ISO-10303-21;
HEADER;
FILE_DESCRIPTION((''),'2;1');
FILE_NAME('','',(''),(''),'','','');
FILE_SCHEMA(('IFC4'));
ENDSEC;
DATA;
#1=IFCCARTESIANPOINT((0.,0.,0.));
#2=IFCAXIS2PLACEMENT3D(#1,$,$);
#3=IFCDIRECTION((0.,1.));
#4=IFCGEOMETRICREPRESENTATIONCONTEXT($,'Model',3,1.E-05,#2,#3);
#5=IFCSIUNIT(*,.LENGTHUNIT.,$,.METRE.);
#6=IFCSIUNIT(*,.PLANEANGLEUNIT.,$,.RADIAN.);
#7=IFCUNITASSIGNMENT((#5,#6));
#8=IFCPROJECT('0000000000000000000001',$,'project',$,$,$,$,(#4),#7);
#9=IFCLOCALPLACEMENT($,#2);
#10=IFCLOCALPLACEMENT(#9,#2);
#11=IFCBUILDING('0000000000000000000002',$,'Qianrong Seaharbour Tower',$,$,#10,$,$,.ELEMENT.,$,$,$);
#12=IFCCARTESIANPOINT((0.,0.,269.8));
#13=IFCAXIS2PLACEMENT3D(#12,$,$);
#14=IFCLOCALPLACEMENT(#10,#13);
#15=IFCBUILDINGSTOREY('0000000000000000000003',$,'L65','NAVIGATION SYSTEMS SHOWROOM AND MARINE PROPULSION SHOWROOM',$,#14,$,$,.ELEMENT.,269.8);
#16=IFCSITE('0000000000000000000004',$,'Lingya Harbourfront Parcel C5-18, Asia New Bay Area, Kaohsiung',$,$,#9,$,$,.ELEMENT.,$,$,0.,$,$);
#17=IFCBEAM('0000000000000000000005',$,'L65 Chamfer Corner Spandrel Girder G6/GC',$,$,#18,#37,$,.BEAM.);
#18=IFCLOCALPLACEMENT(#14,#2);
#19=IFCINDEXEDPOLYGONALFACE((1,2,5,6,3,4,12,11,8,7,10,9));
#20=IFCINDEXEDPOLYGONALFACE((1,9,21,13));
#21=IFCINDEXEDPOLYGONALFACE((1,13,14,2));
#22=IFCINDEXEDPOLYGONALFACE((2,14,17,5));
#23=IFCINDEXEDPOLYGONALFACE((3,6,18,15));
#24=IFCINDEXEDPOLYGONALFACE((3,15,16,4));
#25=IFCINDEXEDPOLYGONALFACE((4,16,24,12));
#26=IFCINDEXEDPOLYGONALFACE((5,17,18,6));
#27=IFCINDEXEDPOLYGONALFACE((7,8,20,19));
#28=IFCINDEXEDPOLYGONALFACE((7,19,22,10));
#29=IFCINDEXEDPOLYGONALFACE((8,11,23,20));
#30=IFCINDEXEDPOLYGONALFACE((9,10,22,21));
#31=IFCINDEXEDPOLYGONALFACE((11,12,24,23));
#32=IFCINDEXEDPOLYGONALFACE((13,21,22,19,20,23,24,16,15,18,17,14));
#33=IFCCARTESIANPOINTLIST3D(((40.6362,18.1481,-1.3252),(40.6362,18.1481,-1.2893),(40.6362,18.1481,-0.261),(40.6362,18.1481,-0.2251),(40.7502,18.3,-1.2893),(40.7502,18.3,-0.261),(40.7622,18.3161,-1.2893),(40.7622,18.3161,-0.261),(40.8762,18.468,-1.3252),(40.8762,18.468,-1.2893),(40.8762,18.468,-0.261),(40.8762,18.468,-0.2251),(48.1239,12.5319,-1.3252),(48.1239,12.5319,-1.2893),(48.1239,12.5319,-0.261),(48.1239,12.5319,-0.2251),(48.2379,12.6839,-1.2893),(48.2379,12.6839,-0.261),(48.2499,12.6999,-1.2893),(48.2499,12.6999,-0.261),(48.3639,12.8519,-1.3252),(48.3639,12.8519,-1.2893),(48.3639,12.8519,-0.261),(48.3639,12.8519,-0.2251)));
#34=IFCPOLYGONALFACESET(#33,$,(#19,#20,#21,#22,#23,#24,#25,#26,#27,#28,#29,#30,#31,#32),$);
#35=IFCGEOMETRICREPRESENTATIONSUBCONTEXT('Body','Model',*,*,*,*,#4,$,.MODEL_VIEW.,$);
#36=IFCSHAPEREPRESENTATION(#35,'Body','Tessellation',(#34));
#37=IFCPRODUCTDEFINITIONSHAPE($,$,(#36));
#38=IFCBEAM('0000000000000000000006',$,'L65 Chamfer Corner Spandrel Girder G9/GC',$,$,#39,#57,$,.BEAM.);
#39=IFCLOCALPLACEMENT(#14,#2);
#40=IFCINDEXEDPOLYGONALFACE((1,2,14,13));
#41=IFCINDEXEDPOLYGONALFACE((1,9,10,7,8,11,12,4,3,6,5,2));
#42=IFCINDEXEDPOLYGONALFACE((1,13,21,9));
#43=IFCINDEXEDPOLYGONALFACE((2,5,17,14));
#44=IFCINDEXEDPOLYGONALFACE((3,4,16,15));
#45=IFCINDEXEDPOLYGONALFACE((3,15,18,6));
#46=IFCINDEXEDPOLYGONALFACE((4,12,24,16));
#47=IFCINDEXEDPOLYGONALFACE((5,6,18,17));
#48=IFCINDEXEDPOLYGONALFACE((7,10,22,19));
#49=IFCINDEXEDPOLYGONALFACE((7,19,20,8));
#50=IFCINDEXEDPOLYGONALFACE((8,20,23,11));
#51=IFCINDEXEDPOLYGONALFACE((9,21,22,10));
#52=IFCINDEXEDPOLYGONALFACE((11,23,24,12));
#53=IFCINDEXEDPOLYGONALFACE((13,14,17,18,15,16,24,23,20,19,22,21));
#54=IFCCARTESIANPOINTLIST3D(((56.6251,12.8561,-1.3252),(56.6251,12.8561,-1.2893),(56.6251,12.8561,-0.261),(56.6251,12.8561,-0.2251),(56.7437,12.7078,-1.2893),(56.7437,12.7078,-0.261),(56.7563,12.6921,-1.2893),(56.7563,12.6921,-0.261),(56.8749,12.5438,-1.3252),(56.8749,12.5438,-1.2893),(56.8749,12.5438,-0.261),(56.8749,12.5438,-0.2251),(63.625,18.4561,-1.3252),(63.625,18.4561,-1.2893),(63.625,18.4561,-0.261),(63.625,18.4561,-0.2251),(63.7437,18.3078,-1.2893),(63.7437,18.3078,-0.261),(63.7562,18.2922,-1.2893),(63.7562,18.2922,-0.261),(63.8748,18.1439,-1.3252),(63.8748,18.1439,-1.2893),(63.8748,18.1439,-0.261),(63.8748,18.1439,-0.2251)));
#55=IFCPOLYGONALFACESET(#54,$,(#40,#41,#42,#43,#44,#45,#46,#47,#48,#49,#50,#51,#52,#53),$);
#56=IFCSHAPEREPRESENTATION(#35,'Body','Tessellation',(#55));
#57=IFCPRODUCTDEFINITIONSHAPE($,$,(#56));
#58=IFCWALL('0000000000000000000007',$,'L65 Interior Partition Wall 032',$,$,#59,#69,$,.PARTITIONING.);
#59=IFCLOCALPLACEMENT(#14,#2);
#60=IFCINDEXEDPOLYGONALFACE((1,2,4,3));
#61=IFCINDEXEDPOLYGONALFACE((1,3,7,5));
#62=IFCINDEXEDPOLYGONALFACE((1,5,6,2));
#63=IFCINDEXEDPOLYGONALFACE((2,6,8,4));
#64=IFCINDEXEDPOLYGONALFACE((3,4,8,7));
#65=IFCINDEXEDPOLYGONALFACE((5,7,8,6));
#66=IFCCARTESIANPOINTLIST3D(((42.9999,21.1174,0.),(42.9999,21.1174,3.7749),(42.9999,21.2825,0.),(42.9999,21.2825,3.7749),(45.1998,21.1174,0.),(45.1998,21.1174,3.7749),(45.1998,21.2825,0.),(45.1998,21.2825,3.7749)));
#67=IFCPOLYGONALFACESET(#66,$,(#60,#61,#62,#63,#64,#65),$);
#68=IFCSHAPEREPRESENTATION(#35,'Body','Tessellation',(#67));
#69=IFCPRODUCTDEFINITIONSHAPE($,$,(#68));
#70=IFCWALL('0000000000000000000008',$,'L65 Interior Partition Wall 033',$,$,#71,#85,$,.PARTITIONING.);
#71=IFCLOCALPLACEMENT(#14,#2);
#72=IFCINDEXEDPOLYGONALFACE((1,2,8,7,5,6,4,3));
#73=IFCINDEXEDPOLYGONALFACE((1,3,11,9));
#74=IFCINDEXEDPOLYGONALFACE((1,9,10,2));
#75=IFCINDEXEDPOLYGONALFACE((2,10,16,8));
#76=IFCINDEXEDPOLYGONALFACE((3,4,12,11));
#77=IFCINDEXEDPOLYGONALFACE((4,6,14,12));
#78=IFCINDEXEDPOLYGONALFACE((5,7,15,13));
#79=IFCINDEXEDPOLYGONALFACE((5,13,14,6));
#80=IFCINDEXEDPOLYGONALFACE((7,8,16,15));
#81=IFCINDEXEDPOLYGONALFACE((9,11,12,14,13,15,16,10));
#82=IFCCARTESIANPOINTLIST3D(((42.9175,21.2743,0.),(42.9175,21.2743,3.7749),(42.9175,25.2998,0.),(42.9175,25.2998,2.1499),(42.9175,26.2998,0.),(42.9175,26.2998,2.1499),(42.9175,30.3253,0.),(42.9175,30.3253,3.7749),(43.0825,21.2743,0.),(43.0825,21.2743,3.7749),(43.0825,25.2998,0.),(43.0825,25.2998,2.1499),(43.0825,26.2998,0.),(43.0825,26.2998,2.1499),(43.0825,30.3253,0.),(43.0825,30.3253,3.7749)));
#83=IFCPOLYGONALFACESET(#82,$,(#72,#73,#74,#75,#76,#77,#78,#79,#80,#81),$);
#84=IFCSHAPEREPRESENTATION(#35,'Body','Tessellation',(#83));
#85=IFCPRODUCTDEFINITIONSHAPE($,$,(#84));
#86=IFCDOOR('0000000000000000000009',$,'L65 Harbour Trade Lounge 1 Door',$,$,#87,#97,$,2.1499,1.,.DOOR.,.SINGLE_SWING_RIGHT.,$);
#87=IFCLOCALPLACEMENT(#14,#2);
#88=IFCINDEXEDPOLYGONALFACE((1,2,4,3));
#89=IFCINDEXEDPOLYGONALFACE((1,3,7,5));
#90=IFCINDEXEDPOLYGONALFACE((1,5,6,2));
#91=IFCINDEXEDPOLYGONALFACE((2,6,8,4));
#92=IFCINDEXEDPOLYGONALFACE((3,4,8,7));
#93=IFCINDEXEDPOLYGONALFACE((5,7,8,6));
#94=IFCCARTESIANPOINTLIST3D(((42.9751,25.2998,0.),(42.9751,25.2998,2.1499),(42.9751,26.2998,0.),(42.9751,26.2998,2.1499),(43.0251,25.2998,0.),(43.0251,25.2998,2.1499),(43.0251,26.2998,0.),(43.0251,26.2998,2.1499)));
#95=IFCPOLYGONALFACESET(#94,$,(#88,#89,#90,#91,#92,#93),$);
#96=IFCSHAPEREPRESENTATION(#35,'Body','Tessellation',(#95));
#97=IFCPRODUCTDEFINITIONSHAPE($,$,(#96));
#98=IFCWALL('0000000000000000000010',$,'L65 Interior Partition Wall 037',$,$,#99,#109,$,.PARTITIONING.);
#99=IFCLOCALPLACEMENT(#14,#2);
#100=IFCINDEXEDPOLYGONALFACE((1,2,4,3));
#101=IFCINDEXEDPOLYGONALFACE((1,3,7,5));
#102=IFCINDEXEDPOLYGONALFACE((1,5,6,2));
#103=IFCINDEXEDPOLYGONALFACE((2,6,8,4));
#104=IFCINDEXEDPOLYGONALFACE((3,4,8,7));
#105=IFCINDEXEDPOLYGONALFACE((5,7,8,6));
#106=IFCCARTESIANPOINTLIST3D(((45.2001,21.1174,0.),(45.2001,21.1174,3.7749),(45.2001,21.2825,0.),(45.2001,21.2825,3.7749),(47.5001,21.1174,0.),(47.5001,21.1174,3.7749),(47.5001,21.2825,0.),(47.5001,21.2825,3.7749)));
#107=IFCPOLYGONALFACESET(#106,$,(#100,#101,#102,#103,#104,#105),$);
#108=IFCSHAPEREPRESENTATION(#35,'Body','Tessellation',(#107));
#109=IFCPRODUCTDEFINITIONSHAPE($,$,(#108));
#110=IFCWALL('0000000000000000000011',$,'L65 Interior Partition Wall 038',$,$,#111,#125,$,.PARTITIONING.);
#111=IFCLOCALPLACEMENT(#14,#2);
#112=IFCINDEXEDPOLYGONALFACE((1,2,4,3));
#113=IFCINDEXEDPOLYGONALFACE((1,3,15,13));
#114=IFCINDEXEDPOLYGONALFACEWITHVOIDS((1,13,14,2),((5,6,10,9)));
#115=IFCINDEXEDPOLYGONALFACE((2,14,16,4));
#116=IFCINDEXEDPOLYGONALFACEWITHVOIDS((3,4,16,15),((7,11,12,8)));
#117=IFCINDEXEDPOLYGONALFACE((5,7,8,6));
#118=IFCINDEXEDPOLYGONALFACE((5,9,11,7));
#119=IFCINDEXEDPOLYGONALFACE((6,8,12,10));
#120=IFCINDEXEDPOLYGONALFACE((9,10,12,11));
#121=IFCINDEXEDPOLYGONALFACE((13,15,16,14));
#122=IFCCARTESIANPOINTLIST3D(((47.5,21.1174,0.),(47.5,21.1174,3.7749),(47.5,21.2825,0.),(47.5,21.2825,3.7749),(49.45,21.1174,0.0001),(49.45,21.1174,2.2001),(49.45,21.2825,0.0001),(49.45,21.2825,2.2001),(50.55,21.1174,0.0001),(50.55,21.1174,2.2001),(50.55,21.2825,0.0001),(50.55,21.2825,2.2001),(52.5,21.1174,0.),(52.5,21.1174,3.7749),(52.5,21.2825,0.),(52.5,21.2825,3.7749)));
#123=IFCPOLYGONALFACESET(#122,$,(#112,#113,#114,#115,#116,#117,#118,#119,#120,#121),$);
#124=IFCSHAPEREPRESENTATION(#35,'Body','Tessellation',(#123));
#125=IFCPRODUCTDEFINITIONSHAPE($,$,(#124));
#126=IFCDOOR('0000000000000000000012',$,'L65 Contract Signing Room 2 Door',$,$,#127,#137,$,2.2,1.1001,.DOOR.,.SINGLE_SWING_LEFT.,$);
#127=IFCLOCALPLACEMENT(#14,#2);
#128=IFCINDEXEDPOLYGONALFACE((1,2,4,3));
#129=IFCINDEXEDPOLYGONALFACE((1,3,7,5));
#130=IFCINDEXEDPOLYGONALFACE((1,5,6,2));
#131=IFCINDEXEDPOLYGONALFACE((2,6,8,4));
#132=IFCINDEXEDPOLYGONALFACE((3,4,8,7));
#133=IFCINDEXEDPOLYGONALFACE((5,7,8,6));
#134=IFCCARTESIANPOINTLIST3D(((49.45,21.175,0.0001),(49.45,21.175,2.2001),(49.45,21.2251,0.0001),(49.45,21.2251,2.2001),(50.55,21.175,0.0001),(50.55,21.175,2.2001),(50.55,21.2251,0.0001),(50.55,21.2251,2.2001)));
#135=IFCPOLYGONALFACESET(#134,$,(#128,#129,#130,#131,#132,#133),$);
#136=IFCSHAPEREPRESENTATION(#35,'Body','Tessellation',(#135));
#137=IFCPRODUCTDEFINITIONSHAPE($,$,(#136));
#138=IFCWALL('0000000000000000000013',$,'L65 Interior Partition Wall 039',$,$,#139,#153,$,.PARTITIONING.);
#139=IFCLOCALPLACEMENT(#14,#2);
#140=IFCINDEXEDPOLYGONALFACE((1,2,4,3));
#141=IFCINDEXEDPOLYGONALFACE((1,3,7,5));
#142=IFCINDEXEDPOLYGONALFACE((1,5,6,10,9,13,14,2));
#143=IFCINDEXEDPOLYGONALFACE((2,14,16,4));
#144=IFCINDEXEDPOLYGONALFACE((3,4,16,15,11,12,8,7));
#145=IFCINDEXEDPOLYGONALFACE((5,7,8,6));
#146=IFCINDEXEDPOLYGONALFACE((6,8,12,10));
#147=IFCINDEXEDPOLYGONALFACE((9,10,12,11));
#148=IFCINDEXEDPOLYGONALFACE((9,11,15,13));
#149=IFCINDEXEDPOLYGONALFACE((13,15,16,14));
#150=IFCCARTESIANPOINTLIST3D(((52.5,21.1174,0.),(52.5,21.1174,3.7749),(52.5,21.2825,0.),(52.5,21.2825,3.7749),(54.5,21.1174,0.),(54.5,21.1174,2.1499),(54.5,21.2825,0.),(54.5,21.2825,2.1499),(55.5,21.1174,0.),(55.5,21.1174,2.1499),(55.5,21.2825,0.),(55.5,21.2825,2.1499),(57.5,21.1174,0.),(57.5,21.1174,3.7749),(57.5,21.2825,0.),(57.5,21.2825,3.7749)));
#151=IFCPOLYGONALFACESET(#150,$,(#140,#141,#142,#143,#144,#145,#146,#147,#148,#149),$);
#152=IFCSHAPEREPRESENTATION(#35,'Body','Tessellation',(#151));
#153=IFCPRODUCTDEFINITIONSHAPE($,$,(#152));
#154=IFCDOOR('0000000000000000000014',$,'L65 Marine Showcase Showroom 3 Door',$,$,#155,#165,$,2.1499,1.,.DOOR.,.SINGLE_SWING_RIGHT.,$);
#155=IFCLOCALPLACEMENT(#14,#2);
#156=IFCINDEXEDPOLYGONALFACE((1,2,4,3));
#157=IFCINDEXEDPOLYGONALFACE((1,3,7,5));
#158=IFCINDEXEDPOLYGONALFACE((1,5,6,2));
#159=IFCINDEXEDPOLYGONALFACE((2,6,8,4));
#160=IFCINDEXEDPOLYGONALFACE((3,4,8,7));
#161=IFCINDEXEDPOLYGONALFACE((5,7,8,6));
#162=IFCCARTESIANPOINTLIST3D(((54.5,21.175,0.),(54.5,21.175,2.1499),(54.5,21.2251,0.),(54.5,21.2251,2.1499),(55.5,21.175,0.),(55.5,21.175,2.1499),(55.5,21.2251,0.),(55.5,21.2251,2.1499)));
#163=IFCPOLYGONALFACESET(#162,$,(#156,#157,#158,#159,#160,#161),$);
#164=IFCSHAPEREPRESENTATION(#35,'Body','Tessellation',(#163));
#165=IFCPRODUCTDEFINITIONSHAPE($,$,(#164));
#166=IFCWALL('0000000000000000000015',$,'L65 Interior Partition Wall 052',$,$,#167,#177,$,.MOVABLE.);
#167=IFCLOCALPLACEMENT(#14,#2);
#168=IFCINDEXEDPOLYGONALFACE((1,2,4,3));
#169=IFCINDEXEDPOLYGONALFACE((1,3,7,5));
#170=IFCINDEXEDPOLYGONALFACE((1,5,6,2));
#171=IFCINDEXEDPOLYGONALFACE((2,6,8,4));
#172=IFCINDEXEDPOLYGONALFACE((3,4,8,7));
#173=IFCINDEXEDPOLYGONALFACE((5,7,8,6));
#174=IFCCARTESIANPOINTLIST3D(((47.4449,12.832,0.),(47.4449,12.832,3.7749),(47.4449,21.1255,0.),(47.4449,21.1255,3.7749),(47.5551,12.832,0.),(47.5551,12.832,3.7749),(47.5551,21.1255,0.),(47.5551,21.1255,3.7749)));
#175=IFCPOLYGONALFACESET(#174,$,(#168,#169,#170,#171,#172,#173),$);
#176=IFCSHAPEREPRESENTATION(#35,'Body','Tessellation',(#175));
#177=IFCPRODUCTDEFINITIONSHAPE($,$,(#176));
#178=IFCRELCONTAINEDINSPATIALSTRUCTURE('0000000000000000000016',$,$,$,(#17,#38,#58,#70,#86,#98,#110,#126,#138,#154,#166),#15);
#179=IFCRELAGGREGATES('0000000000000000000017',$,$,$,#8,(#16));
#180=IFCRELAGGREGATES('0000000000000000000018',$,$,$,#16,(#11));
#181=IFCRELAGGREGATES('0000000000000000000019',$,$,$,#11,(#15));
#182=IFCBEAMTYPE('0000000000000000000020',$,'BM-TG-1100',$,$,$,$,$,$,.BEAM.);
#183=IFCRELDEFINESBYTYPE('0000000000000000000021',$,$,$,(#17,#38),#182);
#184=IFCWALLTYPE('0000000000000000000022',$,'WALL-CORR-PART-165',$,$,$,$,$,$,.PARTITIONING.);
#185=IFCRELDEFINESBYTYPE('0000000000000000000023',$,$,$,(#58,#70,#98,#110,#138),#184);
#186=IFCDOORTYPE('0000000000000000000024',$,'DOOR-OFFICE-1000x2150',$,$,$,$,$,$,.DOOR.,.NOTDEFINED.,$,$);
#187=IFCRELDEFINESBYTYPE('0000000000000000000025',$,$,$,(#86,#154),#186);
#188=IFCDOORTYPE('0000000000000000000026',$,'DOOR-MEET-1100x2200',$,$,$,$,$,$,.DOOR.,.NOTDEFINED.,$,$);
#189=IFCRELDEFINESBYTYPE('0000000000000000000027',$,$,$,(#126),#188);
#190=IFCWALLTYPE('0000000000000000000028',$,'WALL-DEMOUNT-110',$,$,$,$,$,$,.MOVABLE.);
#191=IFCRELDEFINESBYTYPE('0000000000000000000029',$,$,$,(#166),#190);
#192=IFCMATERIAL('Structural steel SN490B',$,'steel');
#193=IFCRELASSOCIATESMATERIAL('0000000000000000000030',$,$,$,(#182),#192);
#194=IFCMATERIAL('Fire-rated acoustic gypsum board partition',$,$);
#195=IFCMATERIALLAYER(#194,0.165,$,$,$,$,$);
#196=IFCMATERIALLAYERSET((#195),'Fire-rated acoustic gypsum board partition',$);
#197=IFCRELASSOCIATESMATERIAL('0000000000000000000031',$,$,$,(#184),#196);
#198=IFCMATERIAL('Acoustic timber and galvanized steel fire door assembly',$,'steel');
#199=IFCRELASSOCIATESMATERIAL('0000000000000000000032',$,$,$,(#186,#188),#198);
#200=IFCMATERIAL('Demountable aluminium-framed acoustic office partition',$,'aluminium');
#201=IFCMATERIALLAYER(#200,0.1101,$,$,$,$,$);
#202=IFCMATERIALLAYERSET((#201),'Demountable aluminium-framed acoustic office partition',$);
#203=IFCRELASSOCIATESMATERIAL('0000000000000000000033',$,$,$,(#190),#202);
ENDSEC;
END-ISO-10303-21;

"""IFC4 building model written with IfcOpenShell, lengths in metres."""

from ifc_helpers import new_model, si_unit, direction, frame, frame_2d, origin, origin_2d, place, context, subcontext, project, spatial, rectangle, i_section, extrude, material, layer, layer_set, material_profile, profile_set, type_object, element, fill, save


model = new_model("IFC4")

# Units and contexts
model_context = context("Model", 3, precision=1e-05, world=origin(), true_north=direction((0.0, 1.0)))
body_context = subcontext(model_context, "Body", "Model", "MODEL_VIEW")
ifc_project = project(units=[si_unit("LENGTHUNIT", "METRE"), si_unit("PLANEANGLEUNIT", "RADIAN")], contexts=[model_context])

# Site, building, storey
site_placement = place(None, origin())
site = spatial("IfcSite", under=ifc_project, at=site_placement, Name="Lingya Harbourfront Parcel C5-18, Asia New Bay Area, Kaohsiung", CompositionType="ELEMENT", RefElevation=0.0)
building_placement = place(site_placement, origin())
building = spatial("IfcBuilding", under=site, at=building_placement, Name="Qianrong Seaharbour Tower", CompositionType="ELEMENT")
storey_placement = place(building_placement, frame((0.0, 0.0, 269.8)))
storey = spatial("IfcBuildingStorey", under=building, at=storey_placement, Name="L65", Description="NAVIGATION SYSTEMS SHOWROOM AND MARINE PROPULSION SHOWROOM", CompositionType="ELEMENT", Elevation=269.8)

# Shared definitions
ifc_material_1 = material(Name="Structural steel SN490B", Category="steel")

# Beams
ifc_material_profile_1 = material_profile(ifc_material_1, i_section(OverallWidth=0.3999, OverallDepth=1.1001, WebThickness=0.02, FlangeThickness=0.0359, at=origin_2d()), Name="BH1100x400x20x36")
ifc_profile_set_1 = profile_set([ifc_material_profile_1], Name="Structural steel SN490B")
beam_type_1 = type_object("IfcBeamType", Name="BM-TG-1100", PredefinedType="BEAM", material=ifc_profile_set_1)
beam_1_placement = place(storey_placement, frame((48.2439, 12.6919, -0.7751), z_axis=(-0.799981, 0.600025, 0.0), x_axis=(-0.600025, -0.799981, 0.0)))
element("IfcBeam", 1, at=beam_1_placement, inside=storey, type_object=beam_type_1, Name="L65 Chamfer Corner Spandrel Girder G6/GC", PredefinedType="BEAM", context=body_context, shape_type="SweptSolid", body=[
    extrude(i_section(OverallWidth=0.3999, OverallDepth=1.1001, WebThickness=0.02, FlangeThickness=0.0359, at=origin_2d()), origin(), (0.0, 0.0, 1.0), 9.3599),
])
beam_2_placement = place(storey_placement, frame((56.75, 12.7, -0.7751), z_axis=(0.780863, 0.624702, 0.0), x_axis=(-0.624702, 0.780863, 0.0)))
element("IfcBeam", 2, at=beam_2_placement, inside=storey, type_object=beam_type_1, Name="L65 Chamfer Corner Spandrel Girder G9/GC", PredefinedType="BEAM", context=body_context, shape_type="SweptSolid", body=[
    extrude(i_section(OverallWidth=0.3999, OverallDepth=1.1001, WebThickness=0.02, FlangeThickness=0.0359, at=origin_2d()), origin(), (0.0, 0.0, 1.0), 8.9644),
])

# Wall
ifc_material_2 = material(Name="Fire-rated acoustic gypsum board partition")
ifc_layer_1 = layer(ifc_material_2, 0.165)
ifc_layer_set_1 = layer_set([ifc_layer_1], Name="Fire-rated acoustic gypsum board partition")
wall_type_1 = type_object("IfcWallType", Name="WALL-CORR-PART-165", PredefinedType="PARTITIONING", material=ifc_layer_set_1)
wall_1_placement = place(storey_placement, frame((45.2, 21.2, 0.0), z_axis=(0.0, 0.0, 1.0), x_axis=(-1.0, 0.0, 0.0)))
element("IfcWall", 3, at=wall_1_placement, inside=storey, type_object=wall_type_1, Name="L65 Interior Partition Wall 032", PredefinedType="PARTITIONING", context=body_context, shape_type="SweptSolid", body=[
    extrude(rectangle(XDim=2.2, YDim=0.165, at=frame_2d((1.1001, 0.0))), origin(), (0.0, 0.0, 1.0), 3.7749),
])

# Wall, opening, door
wall_2_placement = place(storey_placement, frame((43.0, 21.2744, 0.0), z_axis=(0.0, 0.0, 1.0), x_axis=(0.0, 1.0, 0.0)))
wall_2 = element("IfcWall", 4, at=wall_2_placement, inside=storey, type_object=wall_type_1, Name="L65 Interior Partition Wall 033", PredefinedType="PARTITIONING", context=body_context, shape_type="SweptSolid", body=[
    extrude(rectangle(XDim=9.051, YDim=0.165, at=frame_2d((4.5254, 0.0))), origin(), (0.0, 0.0, 1.0), 3.7749),
])
opening_1_placement = place(wall_2_placement, frame((4.0254, 0.0, 0.0)))
opening_1 = element("IfcOpeningElement", 5, at=opening_1_placement, cuts=wall_2, PredefinedType="OPENING", context=body_context, shape_type="SweptSolid", body=[
    extrude(rectangle(XDim=1.0, YDim=2.1499, at=frame_2d((0.5, 1.075))), frame((0.0, 0.0925, 0.0), z_axis=(0.0, -1.0, 0.0), x_axis=(1.0, 0.0, 0.0)), (0.0, 0.0, 1.0), 0.1851),
])
ifc_material_3 = material(Name="Acoustic timber and galvanized steel fire door assembly", Category="steel")
door_type_1 = type_object("IfcDoorType", Name="DOOR-OFFICE-1000x2150", OperationType="NOTDEFINED", PredefinedType="DOOR", material=ifc_material_3)
door_1_placement = place(opening_1_placement, origin())
door_1 = element("IfcDoor", 6, at=door_1_placement, inside=storey, type_object=door_type_1, Name="L65 Harbour Trade Lounge 1 Door", OperationType="SINGLE_SWING_RIGHT", OverallHeight=2.1499, OverallWidth=1.0, PredefinedType="DOOR", context=body_context, shape_type="SweptSolid", body=[
    extrude(rectangle(XDim=1.0, YDim=2.1499, at=frame_2d((0.5, 1.075))), frame((0.0, 0.0249, 0.0), z_axis=(0.0, -1.0, 0.0), x_axis=(1.0, 0.0, 0.0)), (0.0, 0.0, 1.0), 0.05),
])
fill(opening_1, door_1)

# Wall
wall_3_placement = place(storey_placement, frame((47.5, 21.2, 0.0), z_axis=(0.0, 0.0, 1.0), x_axis=(-1.0, 0.0, 0.0)))
element("IfcWall", 7, at=wall_3_placement, inside=storey, type_object=wall_type_1, Name="L65 Interior Partition Wall 037", PredefinedType="PARTITIONING", context=body_context, shape_type="SweptSolid", body=[
    extrude(rectangle(XDim=2.3, YDim=0.165, at=frame_2d((1.1499, 0.0))), origin(), (0.0, 0.0, 1.0), 3.7749),
])

# Walls, openings, doors
wall_4_placement = place(storey_placement, frame((52.5, 21.2, 0.0), z_axis=(0.0, 0.0, 1.0), x_axis=(-1.0, 0.0, 0.0)))
wall_4 = element("IfcWall", 8, at=wall_4_placement, inside=storey, type_object=wall_type_1, Name="L65 Interior Partition Wall 038", PredefinedType="PARTITIONING", context=body_context, shape_type="SweptSolid", body=[
    extrude(rectangle(XDim=5.0, YDim=0.165, at=frame_2d((2.5, 0.0))), origin(), (0.0, 0.0, 1.0), 3.7749),
])
opening_2_placement = place(wall_4_placement, frame((1.95, 0.0, 0.0)))
opening_2 = element("IfcOpeningElement", 9, at=opening_2_placement, cuts=wall_4, PredefinedType="OPENING", context=body_context, shape_type="SweptSolid", body=[
    extrude(rectangle(XDim=1.1001, YDim=2.2, at=frame_2d((0.55, 1.1001))), frame((0.0, 0.0925, 0.0), z_axis=(0.0, -1.0, 0.0), x_axis=(1.0, 0.0, 0.0)), (0.0, 0.0, 1.0), 0.1851),
])
door_type_2 = type_object("IfcDoorType", Name="DOOR-MEET-1100x2200", OperationType="NOTDEFINED", PredefinedType="DOOR", material=ifc_material_3)
door_2_placement = place(opening_2_placement, origin())
door_2 = element("IfcDoor", 10, at=door_2_placement, inside=storey, type_object=door_type_2, Name="L65 Contract Signing Room 2 Door", OperationType="SINGLE_SWING_LEFT", OverallHeight=2.2, OverallWidth=1.1001, PredefinedType="DOOR", context=body_context, shape_type="SweptSolid", body=[
    extrude(rectangle(XDim=1.1001, YDim=2.2, at=frame_2d((0.55, 1.1001))), frame((0.0, 0.0249, 0.0), z_axis=(0.0, -1.0, 0.0), x_axis=(1.0, 0.0, 0.0)), (0.0, 0.0, 1.0), 0.05),
])
fill(opening_2, door_2)
wall_5_placement = place(storey_placement, frame((57.5, 21.2, 0.0), z_axis=(0.0, 0.0, 1.0), x_axis=(-1.0, 0.0, 0.0)))
wall_5 = element("IfcWall", 11, at=wall_5_placement, inside=storey, type_object=wall_type_1, Name="L65 Interior Partition Wall 039", PredefinedType="PARTITIONING", context=body_context, shape_type="SweptSolid", body=[
    extrude(rectangle(XDim=5.0, YDim=0.165, at=frame_2d((2.5, 0.0))), origin(), (0.0, 0.0, 1.0), 3.7749),
])
opening_3_placement = place(wall_5_placement, frame((2.0, 0.0, 0.0)))
opening_3 = element("IfcOpeningElement", 12, at=opening_3_placement, cuts=wall_5, PredefinedType="OPENING", context=body_context, shape_type="SweptSolid", body=[
    extrude(rectangle(XDim=1.0, YDim=2.1499, at=frame_2d((0.5, 1.075))), frame((0.0, 0.0925, 0.0), z_axis=(0.0, -1.0, 0.0), x_axis=(1.0, 0.0, 0.0)), (0.0, 0.0, 1.0), 0.1851),
])
door_3_placement = place(opening_3_placement, origin())
door_3 = element("IfcDoor", 13, at=door_3_placement, inside=storey, type_object=door_type_1, Name="L65 Marine Showcase Showroom 3 Door", OperationType="SINGLE_SWING_RIGHT", OverallHeight=2.1499, OverallWidth=1.0, PredefinedType="DOOR", context=body_context, shape_type="SweptSolid", body=[
    extrude(rectangle(XDim=1.0, YDim=2.1499, at=frame_2d((0.5, 1.075))), frame((0.0, 0.0249, 0.0), z_axis=(0.0, -1.0, 0.0), x_axis=(1.0, 0.0, 0.0)), (0.0, 0.0, 1.0), 0.05),
])
fill(opening_3, door_3)

# Wall
ifc_material_4 = material(Name="Demountable aluminium-framed acoustic office partition", Category="aluminium")
ifc_layer_2 = layer(ifc_material_4, 0.1101)
ifc_layer_set_2 = layer_set([ifc_layer_2], Name="Demountable aluminium-framed acoustic office partition")
wall_type_2 = type_object("IfcWallType", Name="WALL-DEMOUNT-110", PredefinedType="MOVABLE", material=ifc_layer_set_2)
for number, where, z_axis, x_axis, name in (
    (14, (47.5, 21.1255, 0.0), (0.0, 0.0, 1.0), (0.0, -1.0, 0.0), "L65 Interior Partition Wall 052"),
):
    element("IfcWall", number, at=place(storey_placement, frame(where, z_axis=z_axis, x_axis=x_axis)), inside=storey, type_object=wall_type_2, Name=name, PredefinedType="MOVABLE", context=body_context, shape_type="SweptSolid", body=[
        extrude(rectangle(XDim=8.2935, YDim=0.1101, at=frame_2d((4.1467, 0.0))), origin(), (0.0, 0.0, 1.0), 3.7749),
    ])

save(model, "model.ifc")
